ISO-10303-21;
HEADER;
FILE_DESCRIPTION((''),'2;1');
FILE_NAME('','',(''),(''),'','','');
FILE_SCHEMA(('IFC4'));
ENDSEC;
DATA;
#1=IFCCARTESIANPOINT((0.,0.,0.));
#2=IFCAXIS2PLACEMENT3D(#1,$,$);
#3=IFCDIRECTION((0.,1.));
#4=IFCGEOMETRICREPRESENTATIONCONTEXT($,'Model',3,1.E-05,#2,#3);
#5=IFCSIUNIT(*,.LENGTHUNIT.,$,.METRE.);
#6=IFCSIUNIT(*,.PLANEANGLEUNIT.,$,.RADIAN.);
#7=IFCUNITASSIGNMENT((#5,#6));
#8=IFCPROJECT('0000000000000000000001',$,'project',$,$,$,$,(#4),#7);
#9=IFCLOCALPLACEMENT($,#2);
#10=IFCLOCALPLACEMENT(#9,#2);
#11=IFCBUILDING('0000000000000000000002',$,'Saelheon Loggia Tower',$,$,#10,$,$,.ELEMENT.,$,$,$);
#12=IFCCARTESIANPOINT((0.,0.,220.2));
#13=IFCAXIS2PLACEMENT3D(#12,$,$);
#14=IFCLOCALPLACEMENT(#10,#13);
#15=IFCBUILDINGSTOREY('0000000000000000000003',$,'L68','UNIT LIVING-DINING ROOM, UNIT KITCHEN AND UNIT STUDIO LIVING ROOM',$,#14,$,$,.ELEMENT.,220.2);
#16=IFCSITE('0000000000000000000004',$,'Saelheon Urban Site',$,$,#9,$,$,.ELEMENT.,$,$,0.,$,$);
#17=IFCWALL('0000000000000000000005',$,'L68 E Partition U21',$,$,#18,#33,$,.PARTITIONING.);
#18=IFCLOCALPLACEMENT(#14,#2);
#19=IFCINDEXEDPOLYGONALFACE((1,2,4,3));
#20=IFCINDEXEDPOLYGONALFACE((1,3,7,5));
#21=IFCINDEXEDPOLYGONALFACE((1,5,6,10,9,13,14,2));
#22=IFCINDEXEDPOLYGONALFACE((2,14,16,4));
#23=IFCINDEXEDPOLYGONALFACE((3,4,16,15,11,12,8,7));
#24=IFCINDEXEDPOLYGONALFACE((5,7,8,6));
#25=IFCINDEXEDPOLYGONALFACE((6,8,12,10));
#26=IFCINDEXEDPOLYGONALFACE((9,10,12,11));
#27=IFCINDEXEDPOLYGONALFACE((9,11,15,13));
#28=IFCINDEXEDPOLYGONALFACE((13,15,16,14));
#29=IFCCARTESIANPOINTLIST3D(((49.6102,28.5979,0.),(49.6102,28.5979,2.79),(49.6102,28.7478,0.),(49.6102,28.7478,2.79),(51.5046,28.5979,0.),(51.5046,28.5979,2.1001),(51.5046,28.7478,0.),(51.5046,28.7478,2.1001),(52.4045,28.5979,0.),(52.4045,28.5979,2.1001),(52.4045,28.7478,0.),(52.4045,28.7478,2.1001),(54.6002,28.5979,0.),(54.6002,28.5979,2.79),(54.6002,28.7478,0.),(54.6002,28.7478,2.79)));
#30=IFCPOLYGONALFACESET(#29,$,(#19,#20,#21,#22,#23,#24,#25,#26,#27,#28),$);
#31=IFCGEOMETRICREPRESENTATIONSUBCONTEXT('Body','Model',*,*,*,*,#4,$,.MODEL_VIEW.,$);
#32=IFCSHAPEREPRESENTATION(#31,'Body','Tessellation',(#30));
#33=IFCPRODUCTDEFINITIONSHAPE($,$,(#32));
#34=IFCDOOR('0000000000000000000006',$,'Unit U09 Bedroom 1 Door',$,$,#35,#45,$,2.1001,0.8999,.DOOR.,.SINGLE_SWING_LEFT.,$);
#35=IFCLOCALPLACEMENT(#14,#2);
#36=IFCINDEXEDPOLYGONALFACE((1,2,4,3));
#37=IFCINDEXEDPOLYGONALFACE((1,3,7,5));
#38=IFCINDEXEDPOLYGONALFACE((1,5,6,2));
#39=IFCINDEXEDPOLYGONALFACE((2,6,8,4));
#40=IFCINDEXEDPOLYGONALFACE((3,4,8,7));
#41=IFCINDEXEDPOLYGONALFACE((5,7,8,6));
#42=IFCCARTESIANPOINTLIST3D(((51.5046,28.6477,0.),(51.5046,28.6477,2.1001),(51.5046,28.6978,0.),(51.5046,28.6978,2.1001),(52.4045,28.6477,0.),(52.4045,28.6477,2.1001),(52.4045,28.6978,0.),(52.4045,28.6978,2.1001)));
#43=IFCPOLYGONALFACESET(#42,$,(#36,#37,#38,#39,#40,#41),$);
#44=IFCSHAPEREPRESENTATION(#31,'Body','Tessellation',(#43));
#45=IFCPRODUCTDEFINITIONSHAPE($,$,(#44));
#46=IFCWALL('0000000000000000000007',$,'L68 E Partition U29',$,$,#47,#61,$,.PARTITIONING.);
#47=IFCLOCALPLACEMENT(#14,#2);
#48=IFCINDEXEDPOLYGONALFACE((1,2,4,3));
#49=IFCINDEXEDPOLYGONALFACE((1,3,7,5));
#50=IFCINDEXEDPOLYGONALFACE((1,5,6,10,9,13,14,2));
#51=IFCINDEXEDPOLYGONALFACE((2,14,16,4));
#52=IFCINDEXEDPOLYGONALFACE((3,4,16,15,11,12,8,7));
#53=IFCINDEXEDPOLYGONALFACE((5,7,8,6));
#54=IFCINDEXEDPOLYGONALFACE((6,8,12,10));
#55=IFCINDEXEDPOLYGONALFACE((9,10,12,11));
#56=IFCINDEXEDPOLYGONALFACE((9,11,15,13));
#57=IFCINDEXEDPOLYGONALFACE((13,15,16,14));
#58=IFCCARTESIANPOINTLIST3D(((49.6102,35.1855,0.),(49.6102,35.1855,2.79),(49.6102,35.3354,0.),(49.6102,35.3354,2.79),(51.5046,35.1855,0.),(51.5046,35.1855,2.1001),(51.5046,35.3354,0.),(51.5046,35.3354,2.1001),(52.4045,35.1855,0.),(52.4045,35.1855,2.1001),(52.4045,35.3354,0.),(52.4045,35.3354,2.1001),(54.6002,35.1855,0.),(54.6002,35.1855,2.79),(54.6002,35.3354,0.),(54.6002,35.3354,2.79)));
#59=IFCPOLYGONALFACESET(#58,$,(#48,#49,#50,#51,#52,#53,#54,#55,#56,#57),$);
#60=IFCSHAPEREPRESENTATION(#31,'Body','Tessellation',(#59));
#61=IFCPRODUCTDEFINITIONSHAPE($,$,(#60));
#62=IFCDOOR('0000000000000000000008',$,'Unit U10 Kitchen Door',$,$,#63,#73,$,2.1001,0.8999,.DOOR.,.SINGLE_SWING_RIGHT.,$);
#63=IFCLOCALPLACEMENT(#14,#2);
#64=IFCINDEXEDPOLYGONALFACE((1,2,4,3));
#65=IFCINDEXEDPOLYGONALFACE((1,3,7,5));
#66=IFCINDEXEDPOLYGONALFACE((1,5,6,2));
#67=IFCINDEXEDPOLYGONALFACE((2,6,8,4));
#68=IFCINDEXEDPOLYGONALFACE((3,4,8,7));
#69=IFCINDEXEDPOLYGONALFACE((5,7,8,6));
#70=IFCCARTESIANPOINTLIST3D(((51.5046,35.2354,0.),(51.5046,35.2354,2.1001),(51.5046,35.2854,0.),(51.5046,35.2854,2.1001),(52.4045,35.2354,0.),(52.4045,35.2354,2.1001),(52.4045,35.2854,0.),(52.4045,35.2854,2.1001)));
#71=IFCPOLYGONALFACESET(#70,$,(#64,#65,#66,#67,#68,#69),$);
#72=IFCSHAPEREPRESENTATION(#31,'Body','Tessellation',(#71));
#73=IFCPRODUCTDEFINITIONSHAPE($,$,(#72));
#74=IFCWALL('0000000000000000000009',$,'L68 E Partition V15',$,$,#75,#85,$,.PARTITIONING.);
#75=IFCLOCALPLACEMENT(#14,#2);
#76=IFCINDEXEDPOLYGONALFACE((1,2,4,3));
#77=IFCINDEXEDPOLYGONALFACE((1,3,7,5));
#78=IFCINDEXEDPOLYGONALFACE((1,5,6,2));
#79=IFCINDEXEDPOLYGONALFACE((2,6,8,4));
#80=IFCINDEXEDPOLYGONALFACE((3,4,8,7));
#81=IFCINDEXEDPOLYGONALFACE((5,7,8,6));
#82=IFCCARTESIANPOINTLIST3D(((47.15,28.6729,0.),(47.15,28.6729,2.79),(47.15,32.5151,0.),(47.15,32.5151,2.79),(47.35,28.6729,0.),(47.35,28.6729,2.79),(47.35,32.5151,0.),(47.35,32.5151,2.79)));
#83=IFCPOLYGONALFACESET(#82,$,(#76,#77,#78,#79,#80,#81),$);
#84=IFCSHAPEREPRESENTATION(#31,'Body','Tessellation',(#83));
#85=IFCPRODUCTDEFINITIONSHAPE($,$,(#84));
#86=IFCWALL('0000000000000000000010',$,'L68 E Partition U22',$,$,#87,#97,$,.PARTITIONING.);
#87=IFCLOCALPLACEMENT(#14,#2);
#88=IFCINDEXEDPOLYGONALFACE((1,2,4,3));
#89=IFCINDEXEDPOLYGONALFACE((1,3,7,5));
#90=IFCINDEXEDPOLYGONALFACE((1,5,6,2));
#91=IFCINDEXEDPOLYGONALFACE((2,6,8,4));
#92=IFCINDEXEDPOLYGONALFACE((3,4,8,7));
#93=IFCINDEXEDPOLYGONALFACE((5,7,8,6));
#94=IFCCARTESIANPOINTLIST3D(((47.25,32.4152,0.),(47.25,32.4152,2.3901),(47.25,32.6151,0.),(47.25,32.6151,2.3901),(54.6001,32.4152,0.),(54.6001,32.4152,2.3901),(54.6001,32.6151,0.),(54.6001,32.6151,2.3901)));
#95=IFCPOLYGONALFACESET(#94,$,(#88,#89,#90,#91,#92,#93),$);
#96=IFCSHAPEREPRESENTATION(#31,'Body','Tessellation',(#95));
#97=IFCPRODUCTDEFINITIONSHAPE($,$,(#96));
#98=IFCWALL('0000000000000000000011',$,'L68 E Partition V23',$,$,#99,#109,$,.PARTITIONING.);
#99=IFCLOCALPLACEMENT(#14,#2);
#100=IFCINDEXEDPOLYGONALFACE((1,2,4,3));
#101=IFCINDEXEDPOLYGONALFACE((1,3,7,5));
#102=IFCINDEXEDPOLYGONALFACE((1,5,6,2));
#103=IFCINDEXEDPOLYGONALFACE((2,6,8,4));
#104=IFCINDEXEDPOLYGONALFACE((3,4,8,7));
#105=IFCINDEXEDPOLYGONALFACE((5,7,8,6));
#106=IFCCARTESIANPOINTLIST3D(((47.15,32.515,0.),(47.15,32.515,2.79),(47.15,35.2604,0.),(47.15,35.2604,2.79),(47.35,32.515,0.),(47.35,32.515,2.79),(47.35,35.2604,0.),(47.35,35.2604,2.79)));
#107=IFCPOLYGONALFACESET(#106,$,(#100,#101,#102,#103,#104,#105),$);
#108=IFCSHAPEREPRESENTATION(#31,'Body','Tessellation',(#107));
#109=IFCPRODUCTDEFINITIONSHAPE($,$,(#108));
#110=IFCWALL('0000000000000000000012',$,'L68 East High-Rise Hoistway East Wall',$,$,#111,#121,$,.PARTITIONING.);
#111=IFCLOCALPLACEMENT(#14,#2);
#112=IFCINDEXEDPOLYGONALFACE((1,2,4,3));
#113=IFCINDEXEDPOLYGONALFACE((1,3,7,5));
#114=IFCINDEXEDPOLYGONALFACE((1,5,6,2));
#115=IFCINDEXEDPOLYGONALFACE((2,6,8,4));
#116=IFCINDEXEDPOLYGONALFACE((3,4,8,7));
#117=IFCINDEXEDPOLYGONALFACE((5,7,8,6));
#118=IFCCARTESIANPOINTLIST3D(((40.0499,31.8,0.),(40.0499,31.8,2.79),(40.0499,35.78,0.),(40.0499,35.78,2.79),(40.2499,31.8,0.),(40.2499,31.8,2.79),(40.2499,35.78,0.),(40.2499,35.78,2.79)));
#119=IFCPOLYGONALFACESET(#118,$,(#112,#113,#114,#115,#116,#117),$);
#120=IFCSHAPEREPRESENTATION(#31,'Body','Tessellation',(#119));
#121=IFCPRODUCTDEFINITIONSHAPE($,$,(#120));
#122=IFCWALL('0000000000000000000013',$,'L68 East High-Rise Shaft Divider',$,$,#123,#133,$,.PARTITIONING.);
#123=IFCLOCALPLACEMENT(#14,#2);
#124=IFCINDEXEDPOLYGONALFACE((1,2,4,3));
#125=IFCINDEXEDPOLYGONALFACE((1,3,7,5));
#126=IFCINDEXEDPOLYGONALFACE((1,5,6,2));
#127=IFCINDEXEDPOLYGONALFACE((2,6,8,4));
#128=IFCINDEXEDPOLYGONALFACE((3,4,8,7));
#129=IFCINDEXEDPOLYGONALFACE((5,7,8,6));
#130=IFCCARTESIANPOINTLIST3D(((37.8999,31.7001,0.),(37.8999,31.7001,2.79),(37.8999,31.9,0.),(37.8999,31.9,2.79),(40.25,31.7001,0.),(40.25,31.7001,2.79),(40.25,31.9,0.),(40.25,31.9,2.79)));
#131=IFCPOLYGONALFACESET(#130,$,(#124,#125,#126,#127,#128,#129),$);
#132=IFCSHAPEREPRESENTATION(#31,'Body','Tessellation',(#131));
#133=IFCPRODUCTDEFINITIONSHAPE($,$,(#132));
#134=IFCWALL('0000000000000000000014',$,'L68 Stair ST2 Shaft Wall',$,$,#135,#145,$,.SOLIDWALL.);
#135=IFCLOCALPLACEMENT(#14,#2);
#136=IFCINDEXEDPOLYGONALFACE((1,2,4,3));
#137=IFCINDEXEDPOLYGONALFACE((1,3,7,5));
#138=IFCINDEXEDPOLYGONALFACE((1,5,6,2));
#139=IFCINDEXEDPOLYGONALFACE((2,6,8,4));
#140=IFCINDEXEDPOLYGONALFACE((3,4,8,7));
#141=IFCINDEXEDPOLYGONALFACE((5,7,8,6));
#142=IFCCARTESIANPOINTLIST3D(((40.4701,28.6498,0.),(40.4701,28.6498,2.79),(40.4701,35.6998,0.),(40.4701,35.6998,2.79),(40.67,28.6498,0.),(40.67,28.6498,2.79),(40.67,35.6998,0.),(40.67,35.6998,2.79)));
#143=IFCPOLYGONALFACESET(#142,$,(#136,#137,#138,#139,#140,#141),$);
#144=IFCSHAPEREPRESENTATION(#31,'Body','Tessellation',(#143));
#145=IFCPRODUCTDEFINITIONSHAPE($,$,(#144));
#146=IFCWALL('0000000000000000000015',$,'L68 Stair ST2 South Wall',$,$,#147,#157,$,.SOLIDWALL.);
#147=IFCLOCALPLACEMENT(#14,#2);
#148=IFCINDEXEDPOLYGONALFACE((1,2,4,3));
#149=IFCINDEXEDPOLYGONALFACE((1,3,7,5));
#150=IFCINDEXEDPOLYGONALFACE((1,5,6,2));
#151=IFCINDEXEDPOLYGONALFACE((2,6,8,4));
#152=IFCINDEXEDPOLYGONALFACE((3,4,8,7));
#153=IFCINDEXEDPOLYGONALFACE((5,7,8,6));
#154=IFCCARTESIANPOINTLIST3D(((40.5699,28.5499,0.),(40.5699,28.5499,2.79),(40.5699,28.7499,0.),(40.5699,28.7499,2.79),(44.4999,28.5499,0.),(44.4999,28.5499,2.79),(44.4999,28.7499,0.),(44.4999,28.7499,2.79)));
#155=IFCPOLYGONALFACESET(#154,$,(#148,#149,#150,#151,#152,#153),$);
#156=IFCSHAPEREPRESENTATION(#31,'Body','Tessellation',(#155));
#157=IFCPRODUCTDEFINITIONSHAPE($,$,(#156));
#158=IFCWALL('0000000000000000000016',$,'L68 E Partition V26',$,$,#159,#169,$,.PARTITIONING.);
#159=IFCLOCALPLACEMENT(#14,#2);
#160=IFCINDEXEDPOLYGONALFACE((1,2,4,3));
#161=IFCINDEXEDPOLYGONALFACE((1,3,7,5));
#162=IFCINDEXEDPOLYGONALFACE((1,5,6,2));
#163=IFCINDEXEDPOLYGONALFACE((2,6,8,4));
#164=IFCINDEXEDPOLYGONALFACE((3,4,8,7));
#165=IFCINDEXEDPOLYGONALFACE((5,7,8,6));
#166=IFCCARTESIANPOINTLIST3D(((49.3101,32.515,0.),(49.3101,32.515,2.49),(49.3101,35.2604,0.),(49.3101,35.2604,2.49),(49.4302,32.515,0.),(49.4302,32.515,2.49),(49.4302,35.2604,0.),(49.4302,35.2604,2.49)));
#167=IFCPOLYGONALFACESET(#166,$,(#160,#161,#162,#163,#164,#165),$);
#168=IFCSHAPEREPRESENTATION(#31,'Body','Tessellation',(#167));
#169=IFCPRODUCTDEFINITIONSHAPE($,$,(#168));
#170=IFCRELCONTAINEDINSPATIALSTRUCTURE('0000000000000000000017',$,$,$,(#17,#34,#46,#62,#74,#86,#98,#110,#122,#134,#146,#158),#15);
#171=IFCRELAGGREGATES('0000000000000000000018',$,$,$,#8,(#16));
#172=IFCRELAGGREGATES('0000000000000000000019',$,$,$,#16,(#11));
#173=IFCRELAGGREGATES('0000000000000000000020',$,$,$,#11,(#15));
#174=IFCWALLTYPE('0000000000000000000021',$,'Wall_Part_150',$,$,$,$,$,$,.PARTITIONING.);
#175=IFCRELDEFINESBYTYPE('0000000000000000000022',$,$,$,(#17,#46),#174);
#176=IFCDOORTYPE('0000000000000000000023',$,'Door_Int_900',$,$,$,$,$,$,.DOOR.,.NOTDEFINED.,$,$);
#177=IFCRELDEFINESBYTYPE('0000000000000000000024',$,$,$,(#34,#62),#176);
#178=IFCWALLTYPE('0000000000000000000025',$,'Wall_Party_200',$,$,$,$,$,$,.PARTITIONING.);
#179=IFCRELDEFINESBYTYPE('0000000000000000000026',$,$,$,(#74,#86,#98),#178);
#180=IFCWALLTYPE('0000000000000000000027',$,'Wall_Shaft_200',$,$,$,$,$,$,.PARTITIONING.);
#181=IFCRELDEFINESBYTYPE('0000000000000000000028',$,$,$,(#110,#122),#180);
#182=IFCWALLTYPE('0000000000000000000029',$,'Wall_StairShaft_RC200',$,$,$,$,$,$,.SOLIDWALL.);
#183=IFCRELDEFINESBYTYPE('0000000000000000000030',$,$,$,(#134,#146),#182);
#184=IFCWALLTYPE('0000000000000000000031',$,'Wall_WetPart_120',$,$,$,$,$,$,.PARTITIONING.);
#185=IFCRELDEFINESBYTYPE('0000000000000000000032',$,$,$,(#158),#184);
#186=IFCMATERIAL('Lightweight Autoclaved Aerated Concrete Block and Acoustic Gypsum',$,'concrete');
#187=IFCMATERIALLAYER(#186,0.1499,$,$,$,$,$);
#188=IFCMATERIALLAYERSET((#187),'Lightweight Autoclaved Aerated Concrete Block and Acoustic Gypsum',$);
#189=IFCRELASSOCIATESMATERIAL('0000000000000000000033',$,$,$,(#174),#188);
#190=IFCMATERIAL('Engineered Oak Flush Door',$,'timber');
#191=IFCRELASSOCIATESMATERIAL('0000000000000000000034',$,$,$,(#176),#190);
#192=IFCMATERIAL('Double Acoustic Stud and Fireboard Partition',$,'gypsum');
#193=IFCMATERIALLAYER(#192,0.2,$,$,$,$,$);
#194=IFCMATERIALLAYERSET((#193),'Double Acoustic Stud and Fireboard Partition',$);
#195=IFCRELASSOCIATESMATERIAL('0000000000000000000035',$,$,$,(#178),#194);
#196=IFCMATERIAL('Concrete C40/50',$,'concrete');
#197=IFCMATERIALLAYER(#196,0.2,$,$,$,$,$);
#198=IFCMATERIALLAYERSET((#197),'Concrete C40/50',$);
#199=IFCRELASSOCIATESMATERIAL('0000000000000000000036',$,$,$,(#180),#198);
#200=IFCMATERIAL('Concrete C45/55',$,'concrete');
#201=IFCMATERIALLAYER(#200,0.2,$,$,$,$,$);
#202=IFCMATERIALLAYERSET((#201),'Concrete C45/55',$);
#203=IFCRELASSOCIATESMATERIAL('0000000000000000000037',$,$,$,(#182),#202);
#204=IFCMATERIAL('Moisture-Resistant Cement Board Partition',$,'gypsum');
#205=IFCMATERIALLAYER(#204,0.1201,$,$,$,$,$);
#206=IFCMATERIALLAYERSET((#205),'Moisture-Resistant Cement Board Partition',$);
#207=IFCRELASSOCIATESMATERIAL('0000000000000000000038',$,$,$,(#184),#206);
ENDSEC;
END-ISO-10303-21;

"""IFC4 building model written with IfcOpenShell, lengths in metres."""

from ifc_helpers import new_model, si_unit, direction, frame, frame_2d, origin, place, context, subcontext, project, spatial, rectangle, extrude, source, transform, mapped, material, layer, layer_set, type_object, element, fill, save


model = new_model("IFC4")

# Units and contexts
model_context = context("Model", 3, precision=1e-05, world=origin(), true_north=direction((0.0, 1.0)))
body_context = subcontext(model_context, "Body", "Model", "MODEL_VIEW")
ifc_project = project(units=[si_unit("LENGTHUNIT", "METRE"), si_unit("PLANEANGLEUNIT", "RADIAN")], contexts=[model_context])

# Site, building, storey
site_placement = place(None, origin())
site = spatial("IfcSite", under=ifc_project, at=site_placement, Name="Saelheon Urban Site", CompositionType="ELEMENT", RefElevation=0.0)
building_placement = place(site_placement, origin())
building = spatial("IfcBuilding", under=site, at=building_placement, Name="Saelheon Loggia Tower", CompositionType="ELEMENT")
storey_placement = place(building_placement, frame((0.0, 0.0, 220.2)))
storey = spatial("IfcBuildingStorey", under=building, at=storey_placement, Name="L68", Description="UNIT LIVING-DINING ROOM, UNIT KITCHEN AND UNIT STUDIO LIVING ROOM", CompositionType="ELEMENT", Elevation=220.2)

# Shared definitions
ifc_material_1 = material(Name="Concrete C45/55", Category="concrete")

# Shared definitions
ifc_material_2 = material(Name="Concrete C40/50", Category="concrete")

# Shared definitions
ifc_material_3 = material(Name="Lightweight Autoclaved Aerated Concrete Block and Acoustic Gypsum", Category="concrete")
ifc_layer_1 = layer(ifc_material_3, 0.1499)
ifc_layer_set_1 = layer_set([ifc_layer_1], Name="Lightweight Autoclaved Aerated Concrete Block and Acoustic Gypsum")
wall_type_1 = type_object("IfcWallType", Name="Wall_Part_150", PredefinedType="PARTITIONING", material=ifc_layer_set_1)

# Walls, openings, doors
ifc_material_4 = material(Name="Engineered Oak Flush Door", Category="timber")
door_type_1 = type_object("IfcDoorType", Name="Door_Int_900", OperationType="NOTDEFINED", PredefinedType="DOOR", material=ifc_material_4)
shared_shape_1 = source(origin(), body_context, "Body", "SweptSolid", [
    extrude(rectangle(XDim=0.8999, YDim=2.1001, at=frame_2d((0.45, 1.05))), frame((0.0, 0.0249, 0.0), z_axis=(0.0, -1.0, 0.0), x_axis=(1.0, 0.0, 0.0)), (0.0, 0.0, 1.0), 0.05),
])
wall_1_placement = place(storey_placement, frame((49.6101, 28.6729, 0.0), z_axis=(0.0, 0.0, 1.0), x_axis=(1.0, 0.0, 0.0)))
wall_1 = element("IfcWall", 1, at=wall_1_placement, inside=storey, type_object=wall_type_1, Name="L68 E Partition U21", PredefinedType="PARTITIONING", context=body_context, shape_type="SweptSolid", body=[
    extrude(rectangle(XDim=4.99, YDim=0.1499, at=frame_2d((2.4951, 0.0))), origin(), (0.0, 0.0, 1.0), 2.79),
])
opening_1_placement = place(wall_1_placement, frame((1.8945, 0.0, 0.0)))
opening_1 = element("IfcOpeningElement", 2, at=opening_1_placement, cuts=wall_1, PredefinedType="OPENING", context=body_context, shape_type="SweptSolid", body=[
    extrude(rectangle(XDim=0.8999, YDim=2.1001, at=frame_2d((0.45, 1.05))), frame((0.0, 0.0869, 0.0), z_axis=(0.0, -1.0, 0.0), x_axis=(1.0, 0.0, 0.0)), (0.0, 0.0, 1.0), 0.1738),
])
door_1_placement = place(opening_1_placement, origin())
door_1 = element("IfcDoor", 3, at=door_1_placement, inside=storey, type_object=door_type_1, Name="Unit U09 Bedroom 1 Door", OperationType="SINGLE_SWING_LEFT", OverallHeight=2.1001, OverallWidth=0.8999, PredefinedType="DOOR", context=body_context, shape_type="MappedRepresentation", body=[
    mapped(shared_shape_1, transform((0.0, 0.0, 0.0), scale=1.0)),
])
fill(opening_1, door_1)
wall_2_placement = place(storey_placement, frame((49.6101, 35.2605, 0.0), z_axis=(0.0, 0.0, 1.0), x_axis=(1.0, 0.0, 0.0)))
wall_2 = element("IfcWall", 4, at=wall_2_placement, inside=storey, type_object=wall_type_1, Name="L68 E Partition U29", PredefinedType="PARTITIONING", context=body_context, shape_type="SweptSolid", body=[
    extrude(rectangle(XDim=4.99, YDim=0.1499, at=frame_2d((2.4951, 0.0))), origin(), (0.0, 0.0, 1.0), 2.79),
])
opening_2_placement = place(wall_2_placement, frame((1.8945, 0.0, 0.0)))
opening_2 = element("IfcOpeningElement", 5, at=opening_2_placement, cuts=wall_2, PredefinedType="OPENING", context=body_context, shape_type="SweptSolid", body=[
    extrude(rectangle(XDim=0.8999, YDim=2.1001, at=frame_2d((0.45, 1.05))), frame((0.0, 0.0869, 0.0), z_axis=(0.0, -1.0, 0.0), x_axis=(1.0, 0.0, 0.0)), (0.0, 0.0, 1.0), 0.1738),
])
door_2_placement = place(opening_2_placement, origin())
door_2 = element("IfcDoor", 6, at=door_2_placement, inside=storey, type_object=door_type_1, Name="Unit U10 Kitchen Door", OperationType="SINGLE_SWING_RIGHT", OverallHeight=2.1001, OverallWidth=0.8999, PredefinedType="DOOR", context=body_context, shape_type="MappedRepresentation", body=[
    mapped(shared_shape_1, transform((0.0, 0.0, 0.0), scale=1.0)),
])
fill(opening_2, door_2)

# Walls
ifc_material_5 = material(Name="Double Acoustic Stud and Fireboard Partition", Category="gypsum")
ifc_layer_2 = layer(ifc_material_5, 0.2)
ifc_layer_set_2 = layer_set([ifc_layer_2], Name="Double Acoustic Stud and Fireboard Partition")
wall_type_2 = type_object("IfcWallType", Name="Wall_Party_200", PredefinedType="PARTITIONING", material=ifc_layer_set_2)
wall_3_placement = place(storey_placement, frame((47.25, 28.6729, 0.0), z_axis=(0.0, 0.0, 1.0), x_axis=(0.0, 1.0, 0.0)))
element("IfcWall", 7, at=wall_3_placement, inside=storey, type_object=wall_type_2, Name="L68 E Partition V15", PredefinedType="PARTITIONING", context=body_context, shape_type="SweptSolid", body=[
    extrude(rectangle(XDim=3.8423, YDim=0.2, at=frame_2d((1.9211, 0.0))), origin(), (0.0, 0.0, 1.0), 2.79),
])
wall_4_placement = place(storey_placement, frame((47.25, 32.5151, 0.0), z_axis=(0.0, 0.0, 1.0), x_axis=(1.0, 0.0, 0.0)))
element("IfcWall", 8, at=wall_4_placement, inside=storey, type_object=wall_type_2, Name="L68 E Partition U22", PredefinedType="PARTITIONING", context=body_context, shape_type="SweptSolid", body=[
    extrude(rectangle(XDim=7.3501, YDim=0.2, at=frame_2d((3.675, 0.0))), origin(), (0.0, 0.0, 1.0), 2.3901),
])
wall_5_placement = place(storey_placement, frame((47.25, 32.5151, 0.0), z_axis=(0.0, 0.0, 1.0), x_axis=(0.0, 1.0, 0.0)))
element("IfcWall", 9, at=wall_5_placement, inside=storey, type_object=wall_type_2, Name="L68 E Partition V23", PredefinedType="PARTITIONING", context=body_context, shape_type="SweptSolid", body=[
    extrude(rectangle(XDim=2.7454, YDim=0.2, at=frame_2d((1.3726, 0.0))), origin(), (0.0, 0.0, 1.0), 2.79),
])

# Walls
ifc_layer_3 = layer(ifc_material_2, 0.2)
ifc_layer_set_3 = layer_set([ifc_layer_3], Name="Concrete C40/50")
wall_type_3 = type_object("IfcWallType", Name="Wall_Shaft_200", PredefinedType="PARTITIONING", material=ifc_layer_set_3)
wall_6_placement = place(storey_placement, frame((40.1499, 31.8, 0.0), z_axis=(0.0, 0.0, 1.0), x_axis=(0.0, 1.0, 0.0)))
element("IfcWall", 10, at=wall_6_placement, inside=storey, type_object=wall_type_3, Name="L68 East High-Rise Hoistway East Wall", PredefinedType="PARTITIONING", context=body_context, shape_type="SweptSolid", body=[
    extrude(rectangle(XDim=3.98, YDim=0.2, at=frame_2d((1.99, 0.0))), origin(), (0.0, 0.0, 1.0), 2.79),
])
wall_7_placement = place(storey_placement, frame((37.8999, 31.8, 0.0), z_axis=(0.0, 0.0, 1.0), x_axis=(1.0, 0.0, 0.0)))
element("IfcWall", 11, at=wall_7_placement, inside=storey, type_object=wall_type_3, Name="L68 East High-Rise Shaft Divider", PredefinedType="PARTITIONING", context=body_context, shape_type="SweptSolid", body=[
    extrude(rectangle(XDim=2.3501, YDim=0.2, at=frame_2d((1.175, 0.0))), origin(), (0.0, 0.0, 1.0), 2.79),
])
ifc_layer_4 = layer(ifc_material_1, 0.2)
ifc_layer_set_4 = layer_set([ifc_layer_4], Name="Concrete C45/55")
wall_type_4 = type_object("IfcWallType", Name="Wall_StairShaft_RC200", PredefinedType="SOLIDWALL", material=ifc_layer_set_4)
wall_8_placement = place(storey_placement, frame((40.5701, 28.6499, 0.0), z_axis=(0.0, 0.0, 1.0), x_axis=(0.0, 1.0, 0.0)))
element("IfcWall", 12, at=wall_8_placement, inside=storey, type_object=wall_type_4, Name="L68 Stair ST2 Shaft Wall", PredefinedType="SOLIDWALL", context=body_context, shape_type="SweptSolid", body=[
    extrude(rectangle(XDim=7.05, YDim=0.2, at=frame_2d((3.5249, 0.0))), origin(), (0.0, 0.0, 1.0), 2.79),
])
wall_9_placement = place(storey_placement, frame((40.5701, 28.6499, 0.0), z_axis=(0.0, 0.0, 1.0), x_axis=(1.0, 0.0, 0.0)))
element("IfcWall", 13, at=wall_9_placement, inside=storey, type_object=wall_type_4, Name="L68 Stair ST2 South Wall", PredefinedType="SOLIDWALL", context=body_context, shape_type="SweptSolid", body=[
    extrude(rectangle(XDim=3.9299, YDim=0.2, at=frame_2d((1.9648, 0.0))), origin(), (0.0, 0.0, 1.0), 2.79),
])
ifc_material_6 = material(Name="Moisture-Resistant Cement Board Partition", Category="gypsum")
ifc_layer_5 = layer(ifc_material_6, 0.1201)
ifc_layer_set_5 = layer_set([ifc_layer_5], Name="Moisture-Resistant Cement Board Partition")
wall_type_5 = type_object("IfcWallType", Name="Wall_WetPart_120", PredefinedType="PARTITIONING", material=ifc_layer_set_5)
wall_10_placement = place(storey_placement, frame((49.3701, 32.5151, 0.0), z_axis=(0.0, 0.0, 1.0), x_axis=(0.0, 1.0, 0.0)))
element("IfcWall", 14, at=wall_10_placement, inside=storey, type_object=wall_type_5, Name="L68 E Partition V26", PredefinedType="PARTITIONING", context=body_context, shape_type="SweptSolid", body=[
    extrude(rectangle(XDim=2.7454, YDim=0.1201, at=frame_2d((1.3726, 0.0))), origin(), (0.0, 0.0, 1.0), 2.49),
])

save(model, "model.ifc")
